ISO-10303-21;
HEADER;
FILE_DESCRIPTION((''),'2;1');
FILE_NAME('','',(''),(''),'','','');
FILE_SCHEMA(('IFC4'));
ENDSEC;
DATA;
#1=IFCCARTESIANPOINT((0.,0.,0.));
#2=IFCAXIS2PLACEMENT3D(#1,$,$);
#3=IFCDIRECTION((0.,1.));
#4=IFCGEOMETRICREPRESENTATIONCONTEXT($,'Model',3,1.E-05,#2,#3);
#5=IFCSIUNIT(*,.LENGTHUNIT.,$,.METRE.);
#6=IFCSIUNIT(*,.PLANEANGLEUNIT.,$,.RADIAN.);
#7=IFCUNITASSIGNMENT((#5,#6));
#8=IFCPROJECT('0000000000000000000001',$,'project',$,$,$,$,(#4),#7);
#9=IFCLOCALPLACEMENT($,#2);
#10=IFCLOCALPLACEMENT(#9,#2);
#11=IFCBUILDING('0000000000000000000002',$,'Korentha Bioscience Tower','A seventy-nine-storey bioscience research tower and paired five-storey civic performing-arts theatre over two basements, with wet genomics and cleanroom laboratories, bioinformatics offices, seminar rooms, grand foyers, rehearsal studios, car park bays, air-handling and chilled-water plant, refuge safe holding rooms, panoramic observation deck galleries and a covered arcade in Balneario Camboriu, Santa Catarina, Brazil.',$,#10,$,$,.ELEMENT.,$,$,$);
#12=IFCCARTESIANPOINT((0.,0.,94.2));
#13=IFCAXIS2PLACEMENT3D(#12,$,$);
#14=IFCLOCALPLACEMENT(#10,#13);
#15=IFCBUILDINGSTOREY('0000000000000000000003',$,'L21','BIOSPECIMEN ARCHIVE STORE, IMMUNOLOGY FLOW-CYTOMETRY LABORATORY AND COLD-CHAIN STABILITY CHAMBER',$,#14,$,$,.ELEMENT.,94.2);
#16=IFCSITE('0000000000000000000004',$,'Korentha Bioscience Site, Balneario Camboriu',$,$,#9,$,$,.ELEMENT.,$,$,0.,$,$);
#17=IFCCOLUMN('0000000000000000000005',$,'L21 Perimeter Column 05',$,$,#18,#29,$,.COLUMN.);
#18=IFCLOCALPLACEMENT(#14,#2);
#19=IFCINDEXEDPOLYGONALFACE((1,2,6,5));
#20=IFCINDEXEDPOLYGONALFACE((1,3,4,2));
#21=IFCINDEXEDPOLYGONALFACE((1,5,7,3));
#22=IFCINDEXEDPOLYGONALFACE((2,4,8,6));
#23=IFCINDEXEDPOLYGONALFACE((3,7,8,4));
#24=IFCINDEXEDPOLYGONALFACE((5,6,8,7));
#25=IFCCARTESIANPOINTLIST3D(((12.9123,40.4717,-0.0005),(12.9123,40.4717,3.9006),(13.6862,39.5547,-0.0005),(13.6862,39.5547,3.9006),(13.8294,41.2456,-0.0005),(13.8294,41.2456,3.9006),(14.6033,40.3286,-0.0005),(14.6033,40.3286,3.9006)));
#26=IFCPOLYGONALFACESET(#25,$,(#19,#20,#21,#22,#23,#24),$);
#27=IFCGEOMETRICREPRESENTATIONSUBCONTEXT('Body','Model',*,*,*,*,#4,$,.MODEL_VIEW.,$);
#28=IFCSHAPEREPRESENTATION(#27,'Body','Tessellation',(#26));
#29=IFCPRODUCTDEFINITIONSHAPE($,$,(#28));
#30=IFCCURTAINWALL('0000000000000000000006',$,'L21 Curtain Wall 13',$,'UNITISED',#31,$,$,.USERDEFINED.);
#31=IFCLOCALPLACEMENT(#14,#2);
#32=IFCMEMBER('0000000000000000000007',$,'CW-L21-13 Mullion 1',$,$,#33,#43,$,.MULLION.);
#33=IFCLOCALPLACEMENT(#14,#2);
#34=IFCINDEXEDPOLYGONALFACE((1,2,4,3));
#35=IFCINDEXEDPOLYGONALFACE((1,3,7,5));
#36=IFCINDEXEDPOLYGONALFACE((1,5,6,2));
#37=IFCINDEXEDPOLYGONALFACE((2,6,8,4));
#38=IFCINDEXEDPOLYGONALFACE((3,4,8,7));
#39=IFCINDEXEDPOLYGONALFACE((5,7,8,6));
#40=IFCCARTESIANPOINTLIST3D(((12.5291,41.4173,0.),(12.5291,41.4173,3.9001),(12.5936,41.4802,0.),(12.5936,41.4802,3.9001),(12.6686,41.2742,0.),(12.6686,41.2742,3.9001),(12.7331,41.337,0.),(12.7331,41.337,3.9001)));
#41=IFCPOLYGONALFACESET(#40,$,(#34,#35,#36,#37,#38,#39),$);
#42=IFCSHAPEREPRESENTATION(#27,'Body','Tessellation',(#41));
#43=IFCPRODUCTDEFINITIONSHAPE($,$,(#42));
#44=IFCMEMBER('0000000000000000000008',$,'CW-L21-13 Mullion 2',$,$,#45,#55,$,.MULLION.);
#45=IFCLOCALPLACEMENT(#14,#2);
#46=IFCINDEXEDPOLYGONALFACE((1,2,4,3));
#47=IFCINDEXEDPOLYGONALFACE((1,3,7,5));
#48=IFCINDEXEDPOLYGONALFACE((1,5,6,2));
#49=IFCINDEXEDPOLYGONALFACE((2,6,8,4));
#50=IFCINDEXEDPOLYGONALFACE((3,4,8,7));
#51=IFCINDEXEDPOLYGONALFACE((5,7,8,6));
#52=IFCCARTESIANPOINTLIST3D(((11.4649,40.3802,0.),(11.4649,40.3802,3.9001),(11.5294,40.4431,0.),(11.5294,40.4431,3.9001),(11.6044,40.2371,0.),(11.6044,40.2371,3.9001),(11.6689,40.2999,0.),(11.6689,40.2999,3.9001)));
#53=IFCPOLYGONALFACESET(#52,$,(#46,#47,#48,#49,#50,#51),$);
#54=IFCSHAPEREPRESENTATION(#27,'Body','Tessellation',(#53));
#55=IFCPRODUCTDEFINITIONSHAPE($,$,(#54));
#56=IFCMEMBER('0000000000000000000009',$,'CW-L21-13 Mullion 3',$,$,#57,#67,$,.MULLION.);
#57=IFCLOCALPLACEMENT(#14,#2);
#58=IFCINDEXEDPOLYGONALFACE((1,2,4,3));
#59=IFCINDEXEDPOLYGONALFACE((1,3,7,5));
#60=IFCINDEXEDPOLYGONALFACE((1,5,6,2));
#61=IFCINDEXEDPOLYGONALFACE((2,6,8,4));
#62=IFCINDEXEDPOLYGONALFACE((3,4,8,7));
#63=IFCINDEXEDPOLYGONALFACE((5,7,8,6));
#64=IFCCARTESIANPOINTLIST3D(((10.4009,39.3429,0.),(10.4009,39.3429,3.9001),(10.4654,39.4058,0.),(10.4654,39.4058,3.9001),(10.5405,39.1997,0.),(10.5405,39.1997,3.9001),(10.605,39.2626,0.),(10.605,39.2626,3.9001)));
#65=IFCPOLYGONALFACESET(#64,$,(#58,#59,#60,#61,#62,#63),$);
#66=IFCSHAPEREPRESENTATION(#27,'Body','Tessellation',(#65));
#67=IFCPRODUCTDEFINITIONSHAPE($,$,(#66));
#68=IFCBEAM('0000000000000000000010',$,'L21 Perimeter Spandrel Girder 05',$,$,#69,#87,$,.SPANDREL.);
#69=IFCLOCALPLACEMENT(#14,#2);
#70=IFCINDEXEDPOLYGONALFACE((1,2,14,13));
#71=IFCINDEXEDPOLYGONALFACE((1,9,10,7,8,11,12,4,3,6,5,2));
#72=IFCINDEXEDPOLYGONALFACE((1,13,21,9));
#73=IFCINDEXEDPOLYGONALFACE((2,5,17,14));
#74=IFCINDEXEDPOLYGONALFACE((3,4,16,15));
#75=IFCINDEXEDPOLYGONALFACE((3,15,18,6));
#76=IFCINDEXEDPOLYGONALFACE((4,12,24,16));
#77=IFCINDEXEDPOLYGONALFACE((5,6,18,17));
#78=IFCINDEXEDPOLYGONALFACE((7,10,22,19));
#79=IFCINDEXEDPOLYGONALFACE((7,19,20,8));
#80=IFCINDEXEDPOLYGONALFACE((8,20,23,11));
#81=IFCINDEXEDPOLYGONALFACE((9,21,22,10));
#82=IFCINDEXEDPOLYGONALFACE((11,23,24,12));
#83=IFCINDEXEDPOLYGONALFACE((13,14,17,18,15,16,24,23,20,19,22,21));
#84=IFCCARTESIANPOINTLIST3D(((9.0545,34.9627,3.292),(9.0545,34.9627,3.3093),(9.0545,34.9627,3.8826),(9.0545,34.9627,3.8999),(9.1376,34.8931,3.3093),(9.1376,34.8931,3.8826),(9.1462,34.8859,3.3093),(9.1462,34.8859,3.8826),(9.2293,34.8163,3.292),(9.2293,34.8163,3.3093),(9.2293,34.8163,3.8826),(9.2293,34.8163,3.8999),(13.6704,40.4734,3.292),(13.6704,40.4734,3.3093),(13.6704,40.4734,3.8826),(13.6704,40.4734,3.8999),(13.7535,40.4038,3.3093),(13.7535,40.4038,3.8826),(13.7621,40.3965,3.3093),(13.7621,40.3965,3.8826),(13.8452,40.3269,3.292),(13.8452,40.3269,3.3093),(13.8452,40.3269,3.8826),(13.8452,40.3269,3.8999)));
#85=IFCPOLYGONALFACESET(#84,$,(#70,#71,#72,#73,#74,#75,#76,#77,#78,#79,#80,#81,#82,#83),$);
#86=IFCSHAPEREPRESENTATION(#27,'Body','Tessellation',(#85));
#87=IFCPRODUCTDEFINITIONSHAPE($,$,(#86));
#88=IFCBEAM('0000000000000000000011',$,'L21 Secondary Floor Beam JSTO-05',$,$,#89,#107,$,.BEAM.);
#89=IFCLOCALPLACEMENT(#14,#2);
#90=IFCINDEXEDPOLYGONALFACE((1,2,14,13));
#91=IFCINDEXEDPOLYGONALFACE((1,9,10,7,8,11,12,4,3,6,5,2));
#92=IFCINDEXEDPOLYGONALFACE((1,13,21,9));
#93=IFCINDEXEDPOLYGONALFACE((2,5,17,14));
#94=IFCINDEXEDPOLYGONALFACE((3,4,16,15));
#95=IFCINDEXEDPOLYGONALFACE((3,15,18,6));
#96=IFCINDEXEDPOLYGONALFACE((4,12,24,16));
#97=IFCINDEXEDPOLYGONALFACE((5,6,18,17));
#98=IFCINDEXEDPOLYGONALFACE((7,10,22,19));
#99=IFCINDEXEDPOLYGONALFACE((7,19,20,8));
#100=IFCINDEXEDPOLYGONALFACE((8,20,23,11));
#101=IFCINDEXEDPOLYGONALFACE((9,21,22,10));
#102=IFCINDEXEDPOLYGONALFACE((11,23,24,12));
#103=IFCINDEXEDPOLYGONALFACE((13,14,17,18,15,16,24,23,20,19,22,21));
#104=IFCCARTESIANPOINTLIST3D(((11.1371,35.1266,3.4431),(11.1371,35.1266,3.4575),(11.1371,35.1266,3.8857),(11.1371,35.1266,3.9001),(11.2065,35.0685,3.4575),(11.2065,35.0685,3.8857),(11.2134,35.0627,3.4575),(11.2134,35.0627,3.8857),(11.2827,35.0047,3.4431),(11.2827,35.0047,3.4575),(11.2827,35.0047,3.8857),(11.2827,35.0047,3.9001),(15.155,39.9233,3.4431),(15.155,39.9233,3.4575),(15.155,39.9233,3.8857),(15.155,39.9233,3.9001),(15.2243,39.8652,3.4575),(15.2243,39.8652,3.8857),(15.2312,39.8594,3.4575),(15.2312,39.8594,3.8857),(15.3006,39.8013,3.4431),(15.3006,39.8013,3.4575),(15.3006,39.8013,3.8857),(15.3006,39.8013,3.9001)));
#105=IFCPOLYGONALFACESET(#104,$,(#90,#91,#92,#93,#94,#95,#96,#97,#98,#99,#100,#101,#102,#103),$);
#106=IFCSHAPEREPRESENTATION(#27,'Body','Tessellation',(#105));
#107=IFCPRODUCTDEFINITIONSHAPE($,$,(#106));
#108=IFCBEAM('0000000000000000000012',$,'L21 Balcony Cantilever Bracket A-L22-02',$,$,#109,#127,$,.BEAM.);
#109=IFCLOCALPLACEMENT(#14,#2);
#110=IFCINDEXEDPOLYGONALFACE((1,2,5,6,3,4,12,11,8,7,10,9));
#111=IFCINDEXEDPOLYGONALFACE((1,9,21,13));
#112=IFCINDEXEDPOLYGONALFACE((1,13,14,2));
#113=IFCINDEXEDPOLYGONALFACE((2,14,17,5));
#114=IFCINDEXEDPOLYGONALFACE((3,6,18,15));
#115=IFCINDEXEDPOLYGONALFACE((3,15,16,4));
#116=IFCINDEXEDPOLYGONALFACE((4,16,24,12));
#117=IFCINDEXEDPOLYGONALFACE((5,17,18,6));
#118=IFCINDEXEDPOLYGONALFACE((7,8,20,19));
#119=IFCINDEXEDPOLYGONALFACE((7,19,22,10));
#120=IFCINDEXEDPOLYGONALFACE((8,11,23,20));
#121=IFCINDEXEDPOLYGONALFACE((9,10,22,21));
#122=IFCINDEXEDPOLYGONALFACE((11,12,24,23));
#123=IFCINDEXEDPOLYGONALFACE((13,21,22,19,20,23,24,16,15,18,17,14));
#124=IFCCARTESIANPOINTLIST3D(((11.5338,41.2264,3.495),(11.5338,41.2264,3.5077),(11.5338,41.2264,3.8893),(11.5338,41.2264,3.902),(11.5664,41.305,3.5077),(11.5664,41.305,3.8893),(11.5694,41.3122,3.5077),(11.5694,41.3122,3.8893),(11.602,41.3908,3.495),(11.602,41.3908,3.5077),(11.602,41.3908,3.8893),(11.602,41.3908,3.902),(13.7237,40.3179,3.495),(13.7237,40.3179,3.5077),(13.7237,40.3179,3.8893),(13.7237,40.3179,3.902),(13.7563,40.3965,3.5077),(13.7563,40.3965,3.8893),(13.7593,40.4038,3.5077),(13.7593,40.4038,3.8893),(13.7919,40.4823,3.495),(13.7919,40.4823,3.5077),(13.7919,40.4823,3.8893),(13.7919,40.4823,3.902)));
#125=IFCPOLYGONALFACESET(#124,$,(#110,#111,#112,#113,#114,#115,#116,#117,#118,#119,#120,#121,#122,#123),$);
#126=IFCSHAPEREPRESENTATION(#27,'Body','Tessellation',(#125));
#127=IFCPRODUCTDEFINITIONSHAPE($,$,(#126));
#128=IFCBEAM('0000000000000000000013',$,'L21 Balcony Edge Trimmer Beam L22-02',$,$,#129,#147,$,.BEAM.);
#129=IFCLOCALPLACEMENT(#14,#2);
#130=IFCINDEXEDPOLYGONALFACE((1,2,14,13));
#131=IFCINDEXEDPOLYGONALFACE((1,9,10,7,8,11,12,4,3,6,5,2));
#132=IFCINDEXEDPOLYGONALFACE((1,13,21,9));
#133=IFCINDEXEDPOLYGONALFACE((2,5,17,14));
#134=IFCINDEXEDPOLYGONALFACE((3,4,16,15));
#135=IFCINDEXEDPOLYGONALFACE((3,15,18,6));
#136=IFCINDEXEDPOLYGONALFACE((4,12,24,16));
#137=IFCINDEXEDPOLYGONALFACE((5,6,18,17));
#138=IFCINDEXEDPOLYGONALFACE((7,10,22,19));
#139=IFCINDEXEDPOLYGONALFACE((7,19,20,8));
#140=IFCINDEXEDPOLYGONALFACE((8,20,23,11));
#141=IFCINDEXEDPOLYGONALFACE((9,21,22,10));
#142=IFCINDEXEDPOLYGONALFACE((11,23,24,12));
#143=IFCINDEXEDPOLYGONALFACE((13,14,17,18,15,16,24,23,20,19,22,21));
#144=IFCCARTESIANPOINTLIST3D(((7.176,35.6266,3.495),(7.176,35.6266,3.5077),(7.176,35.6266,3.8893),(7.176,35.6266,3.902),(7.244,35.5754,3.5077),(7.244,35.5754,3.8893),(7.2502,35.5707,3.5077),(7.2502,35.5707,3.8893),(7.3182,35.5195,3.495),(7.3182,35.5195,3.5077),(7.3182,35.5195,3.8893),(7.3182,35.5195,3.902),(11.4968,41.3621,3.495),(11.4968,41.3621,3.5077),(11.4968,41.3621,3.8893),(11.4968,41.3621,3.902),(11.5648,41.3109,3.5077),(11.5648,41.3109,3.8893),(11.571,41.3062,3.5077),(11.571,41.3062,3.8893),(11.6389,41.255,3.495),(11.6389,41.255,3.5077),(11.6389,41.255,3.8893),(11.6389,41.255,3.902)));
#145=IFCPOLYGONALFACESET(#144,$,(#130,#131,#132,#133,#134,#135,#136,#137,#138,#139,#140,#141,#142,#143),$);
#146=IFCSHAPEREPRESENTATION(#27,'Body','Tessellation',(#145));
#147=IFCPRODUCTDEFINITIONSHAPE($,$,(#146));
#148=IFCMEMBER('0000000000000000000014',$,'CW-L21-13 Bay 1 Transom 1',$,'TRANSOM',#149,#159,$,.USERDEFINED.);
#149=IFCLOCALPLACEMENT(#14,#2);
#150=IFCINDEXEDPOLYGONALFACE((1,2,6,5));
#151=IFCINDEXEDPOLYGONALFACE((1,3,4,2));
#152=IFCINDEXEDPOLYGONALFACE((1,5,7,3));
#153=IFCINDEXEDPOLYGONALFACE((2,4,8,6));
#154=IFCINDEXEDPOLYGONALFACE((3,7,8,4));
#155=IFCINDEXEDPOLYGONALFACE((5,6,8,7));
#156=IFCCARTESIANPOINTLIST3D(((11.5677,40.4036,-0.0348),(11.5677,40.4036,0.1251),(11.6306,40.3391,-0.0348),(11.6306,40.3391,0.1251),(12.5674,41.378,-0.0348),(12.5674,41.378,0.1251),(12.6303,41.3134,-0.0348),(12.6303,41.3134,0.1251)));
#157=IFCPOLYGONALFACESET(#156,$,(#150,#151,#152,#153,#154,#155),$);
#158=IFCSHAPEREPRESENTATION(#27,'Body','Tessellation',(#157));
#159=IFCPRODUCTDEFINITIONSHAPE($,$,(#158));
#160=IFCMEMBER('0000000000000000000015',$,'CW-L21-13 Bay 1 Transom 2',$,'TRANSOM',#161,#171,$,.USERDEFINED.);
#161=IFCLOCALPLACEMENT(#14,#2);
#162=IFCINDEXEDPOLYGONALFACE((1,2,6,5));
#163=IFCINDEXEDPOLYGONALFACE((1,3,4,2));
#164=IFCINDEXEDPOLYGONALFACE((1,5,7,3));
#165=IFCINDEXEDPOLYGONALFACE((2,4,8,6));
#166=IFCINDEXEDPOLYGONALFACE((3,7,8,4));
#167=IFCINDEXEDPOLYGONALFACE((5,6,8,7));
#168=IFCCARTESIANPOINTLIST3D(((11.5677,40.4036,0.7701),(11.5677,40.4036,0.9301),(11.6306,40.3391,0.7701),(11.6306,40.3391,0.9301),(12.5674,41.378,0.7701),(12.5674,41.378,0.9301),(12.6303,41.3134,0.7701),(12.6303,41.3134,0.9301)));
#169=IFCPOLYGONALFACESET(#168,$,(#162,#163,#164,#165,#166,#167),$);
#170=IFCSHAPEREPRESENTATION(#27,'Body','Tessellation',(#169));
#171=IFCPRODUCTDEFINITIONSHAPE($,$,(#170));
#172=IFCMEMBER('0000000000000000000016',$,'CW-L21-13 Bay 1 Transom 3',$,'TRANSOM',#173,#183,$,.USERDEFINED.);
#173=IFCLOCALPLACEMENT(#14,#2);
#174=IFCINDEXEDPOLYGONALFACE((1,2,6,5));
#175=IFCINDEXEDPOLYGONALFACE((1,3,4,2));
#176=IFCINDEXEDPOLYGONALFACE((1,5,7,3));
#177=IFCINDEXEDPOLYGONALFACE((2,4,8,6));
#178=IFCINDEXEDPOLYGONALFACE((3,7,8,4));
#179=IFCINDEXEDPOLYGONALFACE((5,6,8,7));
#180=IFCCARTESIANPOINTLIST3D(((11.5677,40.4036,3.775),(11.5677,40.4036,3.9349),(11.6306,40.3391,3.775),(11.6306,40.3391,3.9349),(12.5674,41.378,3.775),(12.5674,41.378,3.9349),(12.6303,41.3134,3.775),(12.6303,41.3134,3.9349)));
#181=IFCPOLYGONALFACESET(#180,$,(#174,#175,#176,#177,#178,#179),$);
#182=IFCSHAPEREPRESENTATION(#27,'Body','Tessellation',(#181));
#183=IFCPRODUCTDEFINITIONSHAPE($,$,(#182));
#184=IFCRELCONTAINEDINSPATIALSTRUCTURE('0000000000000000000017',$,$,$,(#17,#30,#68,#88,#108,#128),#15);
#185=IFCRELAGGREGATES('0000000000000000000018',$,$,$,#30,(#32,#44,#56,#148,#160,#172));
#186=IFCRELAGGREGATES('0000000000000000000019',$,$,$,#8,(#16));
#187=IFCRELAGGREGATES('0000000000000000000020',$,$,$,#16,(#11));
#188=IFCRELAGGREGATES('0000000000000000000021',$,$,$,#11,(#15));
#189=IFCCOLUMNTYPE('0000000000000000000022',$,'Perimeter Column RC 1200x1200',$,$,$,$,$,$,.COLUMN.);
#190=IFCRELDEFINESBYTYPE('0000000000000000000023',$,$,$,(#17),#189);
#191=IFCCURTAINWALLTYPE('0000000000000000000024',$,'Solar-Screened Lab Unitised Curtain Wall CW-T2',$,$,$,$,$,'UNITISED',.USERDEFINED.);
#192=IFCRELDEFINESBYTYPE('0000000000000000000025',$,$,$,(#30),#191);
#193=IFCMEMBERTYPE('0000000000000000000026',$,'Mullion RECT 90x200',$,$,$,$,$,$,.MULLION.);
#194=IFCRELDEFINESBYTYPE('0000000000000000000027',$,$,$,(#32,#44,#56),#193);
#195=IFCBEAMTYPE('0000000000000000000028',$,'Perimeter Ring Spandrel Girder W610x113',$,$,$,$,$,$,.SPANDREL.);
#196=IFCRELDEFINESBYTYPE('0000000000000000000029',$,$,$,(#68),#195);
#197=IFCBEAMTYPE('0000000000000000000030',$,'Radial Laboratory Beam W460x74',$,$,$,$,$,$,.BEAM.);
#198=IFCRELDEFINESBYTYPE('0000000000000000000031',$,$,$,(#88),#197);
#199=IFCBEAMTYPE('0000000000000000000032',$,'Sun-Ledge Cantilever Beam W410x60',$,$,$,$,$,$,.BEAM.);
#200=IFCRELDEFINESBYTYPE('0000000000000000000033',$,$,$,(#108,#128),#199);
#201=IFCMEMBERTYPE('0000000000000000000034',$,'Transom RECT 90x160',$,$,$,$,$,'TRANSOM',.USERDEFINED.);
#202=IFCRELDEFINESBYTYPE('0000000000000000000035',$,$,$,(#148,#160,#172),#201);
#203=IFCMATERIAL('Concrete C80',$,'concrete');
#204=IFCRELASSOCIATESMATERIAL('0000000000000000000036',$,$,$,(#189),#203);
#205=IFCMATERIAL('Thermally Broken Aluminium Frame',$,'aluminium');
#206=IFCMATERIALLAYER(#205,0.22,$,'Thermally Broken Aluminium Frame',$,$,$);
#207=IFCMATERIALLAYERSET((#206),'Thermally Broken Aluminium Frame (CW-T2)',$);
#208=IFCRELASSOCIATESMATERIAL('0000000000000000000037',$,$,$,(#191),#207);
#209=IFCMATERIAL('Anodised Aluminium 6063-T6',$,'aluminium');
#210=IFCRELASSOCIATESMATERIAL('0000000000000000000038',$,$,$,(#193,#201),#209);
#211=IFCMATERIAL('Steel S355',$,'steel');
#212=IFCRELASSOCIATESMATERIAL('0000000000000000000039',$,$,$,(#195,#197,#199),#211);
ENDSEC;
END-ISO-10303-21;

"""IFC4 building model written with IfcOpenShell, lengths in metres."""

from ifc_helpers import new_model, si_unit, direction, frame, origin, origin_2d, place, context, subcontext, project, spatial, rectangle, i_section, extrude, material, layer, layer_set, material_profile, profile_set, type_object, element, aggregate, save


model = new_model("IFC4")

# Units and contexts
model_context = context("Model", 3, precision=1e-05, world=origin(), true_north=direction((0.0, 1.0)))
body_context = subcontext(model_context, "Body", "Model", "MODEL_VIEW")
ifc_project = project(units=[si_unit("LENGTHUNIT", "METRE"), si_unit("PLANEANGLEUNIT", "RADIAN")], contexts=[model_context])

# Site, building, storey
site_placement = place(None, origin())
site = spatial("IfcSite", under=ifc_project, at=site_placement, Name="Korentha Bioscience Site, Balneario Camboriu", CompositionType="ELEMENT", RefElevation=0.0)
building_placement = place(site_placement, origin())
building = spatial("IfcBuilding", under=site, at=building_placement, Name="Korentha Bioscience Tower", Description="A seventy-nine-storey bioscience research tower and paired five-storey civic performing-arts theatre over two basements, with wet genomics and cleanroom laboratories, bioinformatics offices, seminar rooms, grand foyers, rehearsal studios, car park bays, air-handling and chilled-water plant, refuge safe holding rooms, panoramic observation deck galleries and a covered arcade in Balneario Camboriu, Santa Catarina, Brazil.", CompositionType="ELEMENT")
storey_placement = place(building_placement, frame((0.0, 0.0, 94.2)))
storey = spatial("IfcBuildingStorey", under=building, at=storey_placement, Name="L21", Description="BIOSPECIMEN ARCHIVE STORE, IMMUNOLOGY FLOW-CYTOMETRY LABORATORY AND COLD-CHAIN STABILITY CHAMBER", CompositionType="ELEMENT", Elevation=94.2)

# Column
ifc_material_1 = material(Name="Concrete C80", Category="concrete")
ifc_material_profile_1 = material_profile(ifc_material_1, rectangle(XDim=1.2, YDim=1.2, at=origin_2d()), Name="Concrete C80")
ifc_profile_set_1 = profile_set([ifc_material_profile_1], Name="Concrete C80 (COL-P12)")
column_type = type_object("IfcColumnType", Name="Perimeter Column RC 1200x1200", PredefinedType="COLUMN", material=ifc_profile_set_1)
column_placement = place(storey_placement, frame((13.7578, 40.4001, -0.0005), z_axis=(0.0, 0.0, 1.0), x_axis=(0.764246, 0.644924, 0.0)))
element("IfcColumn", 1, at=column_placement, inside=storey, type_object=column_type, Name="L21 Perimeter Column 05", PredefinedType="COLUMN", context=body_context, shape_type="SweptSolid", body=[
    extrude(rectangle(XDim=1.2, YDim=1.2, at=origin_2d()), origin(), (0.0, 0.0, 1.0), 3.9011),
])

# Curtain wall, members
ifc_material_2 = material(Name="Thermally Broken Aluminium Frame", Category="aluminium")
ifc_layer_1 = layer(ifc_material_2, 0.22, Name="Thermally Broken Aluminium Frame")
ifc_layer_set_1 = layer_set([ifc_layer_1], Name="Thermally Broken Aluminium Frame (CW-T2)")
curtain_wall_type = type_object("IfcCurtainWallType", Name="Solar-Screened Lab Unitised Curtain Wall CW-T2", ElementType="UNITISED", PredefinedType="USERDEFINED", material=ifc_layer_set_1)
curtain_wall_placement = place(storey_placement, origin())
curtain_wall = element("IfcCurtainWall", 2, at=curtain_wall_placement, inside=storey, type_object=curtain_wall_type, Name="L21 Curtain Wall 13", ObjectType="UNITISED", PredefinedType="USERDEFINED")
ifc_material_3 = material(Name="Anodised Aluminium 6063-T6", Category="aluminium")
ifc_material_profile_2 = material_profile(ifc_material_3, rectangle(XDim=0.0901, YDim=0.2, at=origin_2d()), Name="Anodised Aluminium 6063-T6")
ifc_profile_set_2 = profile_set([ifc_material_profile_2], Name="Anodised Aluminium 6063-T6 (CW-MUL)")
member_type_1 = type_object("IfcMemberType", Name="Mullion RECT 90x200", PredefinedType="MULLION", material=ifc_profile_set_2)
member_1_placement = place(storey_placement, frame((12.6311, 41.3772, 0.0), z_axis=(0.0, 0.0, 1.0), x_axis=(-0.716096, -0.698002, 0.0)))
member_1 = element("IfcMember", 3, at=member_1_placement, type_object=member_type_1, Name="CW-L21-13 Mullion 1", PredefinedType="MULLION", context=body_context, shape_type="SweptSolid", body=[
    extrude(rectangle(XDim=0.0901, YDim=0.2, at=origin_2d()), origin(), (0.0, 0.0, 1.0), 3.9001),
])
member_2_placement = place(storey_placement, frame((11.5669, 40.3401, 0.0), z_axis=(0.0, 0.0, 1.0), x_axis=(-0.716096, -0.698002, 0.0)))
member_2 = element("IfcMember", 4, at=member_2_placement, type_object=member_type_1, Name="CW-L21-13 Mullion 2", PredefinedType="MULLION", context=body_context, shape_type="SweptSolid", body=[
    extrude(rectangle(XDim=0.0901, YDim=0.2, at=origin_2d()), origin(), (0.0, 0.0, 1.0), 3.9001),
])
member_3_placement = place(storey_placement, frame((10.5029, 39.3027, 0.0), z_axis=(0.0, 0.0, 1.0), x_axis=(-0.716096, -0.698002, 0.0)))
member_3 = element("IfcMember", 5, at=member_3_placement, type_object=member_type_1, Name="CW-L21-13 Mullion 3", PredefinedType="MULLION", context=body_context, shape_type="SweptSolid", body=[
    extrude(rectangle(XDim=0.0901, YDim=0.2, at=origin_2d()), origin(), (0.0, 0.0, 1.0), 3.9001),
])

# Beams
ifc_material_4 = material(Name="Steel S355", Category="steel")
ifc_material_profile_3 = material_profile(ifc_material_4, i_section(OverallWidth=0.228, OverallDepth=0.6079, WebThickness=0.0112, FlangeThickness=0.0173, at=origin_2d()), Name="Steel S355")
ifc_profile_set_3 = profile_set([ifc_material_profile_3], Name="Steel S355 (SB-610)")
beam_type_1 = type_object("IfcBeamType", Name="Perimeter Ring Spandrel Girder W610x113", PredefinedType="SPANDREL", material=ifc_profile_set_3)
beam_1_placement = place(storey_placement, frame((13.7578, 40.4001, 3.5959), z_axis=(-0.642127, -0.766599, 0.0), x_axis=(0.766599, -0.642127, 0.0)))
element("IfcBeam", 6, at=beam_1_placement, inside=storey, type_object=beam_type_1, Name="L21 Perimeter Spandrel Girder 05", PredefinedType="SPANDREL", context=body_context, shape_type="SweptSolid", body=[
    extrude(i_section(OverallWidth=0.228, OverallDepth=0.6079, WebThickness=0.0112, FlangeThickness=0.0173, at=origin_2d()), origin(), (0.0, 0.0, 1.0), 7.1885),
])
ifc_material_profile_4 = material_profile(ifc_material_4, i_section(OverallWidth=0.1899, OverallDepth=0.457, WebThickness=0.009, FlangeThickness=0.0144, at=origin_2d()), Name="Steel S355")
ifc_profile_set_4 = profile_set([ifc_material_profile_4], Name="Steel S355 (RB-460)")
beam_type_2 = type_object("IfcBeamType", Name="Radial Laboratory Beam W460x74", PredefinedType="BEAM", material=ifc_profile_set_4)
beam_2_placement = place(storey_placement, frame((15.2278, 39.8623, 3.6716), z_axis=(-0.642128, -0.766597, 0.0), x_axis=(0.766597, -0.642128, 0.0)))
element("IfcBeam", 7, at=beam_2_placement, inside=storey, type_object=beam_type_2, Name="L21 Secondary Floor Beam JSTO-05", PredefinedType="BEAM", context=body_context, shape_type="SweptSolid", body=[
    extrude(i_section(OverallWidth=0.1899, OverallDepth=0.457, WebThickness=0.009, FlangeThickness=0.0144, at=origin_2d()), origin(), (0.0, 0.0, 1.0), 6.2571),
])
ifc_material_profile_5 = material_profile(ifc_material_4, i_section(OverallWidth=0.178, OverallDepth=0.407, WebThickness=0.0078, FlangeThickness=0.0127, at=origin_2d()), Name="Steel S355")
ifc_profile_set_5 = profile_set([ifc_material_profile_5], Name="Steel S355 (CB-410)")
beam_type_3 = type_object("IfcBeamType", Name="Sun-Ledge Cantilever Beam W410x60", PredefinedType="BEAM", material=ifc_profile_set_5)
beam_3_placement = place(storey_placement, frame((13.7578, 40.4001, 3.6985), z_axis=(-0.923679, 0.383167, 0.0), x_axis=(-0.383167, -0.923679, 0.0)))
element("IfcBeam", 8, at=beam_3_placement, inside=storey, type_object=beam_type_3, Name="L21 Balcony Cantilever Bracket A-L22-02", PredefinedType="BEAM", context=body_context, shape_type="SweptSolid", body=[
    extrude(i_section(OverallWidth=0.178, OverallDepth=0.407, WebThickness=0.0078, FlangeThickness=0.0127, at=origin_2d()), origin(), (0.0, 0.0, 1.0), 2.3708),
])
beam_4_placement = place(storey_placement, frame((11.5679, 41.3086, 3.6985), z_axis=(-0.601701, -0.798721, 0.0), x_axis=(0.798721, -0.601701, 0.0)))
element("IfcBeam", 9, at=beam_4_placement, inside=storey, type_object=beam_type_3, Name="L21 Balcony Edge Trimmer Beam L22-02", PredefinedType="BEAM", context=body_context, shape_type="SweptSolid", body=[
    extrude(i_section(OverallWidth=0.178, OverallDepth=0.407, WebThickness=0.0078, FlangeThickness=0.0127, at=origin_2d()), origin(), (0.0, 0.0, 1.0), 7.1809),
])

# Members
ifc_material_profile_6 = material_profile(ifc_material_3, rectangle(XDim=0.0901, YDim=0.1599, at=origin_2d()), Name="Anodised Aluminium 6063-T6")
ifc_profile_set_6 = profile_set([ifc_material_profile_6], Name="Anodised Aluminium 6063-T6 (CW-TRN)")
member_type_2 = type_object("IfcMemberType", Name="Transom RECT 90x160", ElementType="TRANSOM", PredefinedType="USERDEFINED", material=ifc_profile_set_6)
member_4_placement = place(storey_placement, frame((12.5989, 41.3457, 0.0452), z_axis=(-0.716142, -0.697954, 0.0), x_axis=(0.697954, -0.716142, 0.0)))
member_4 = element("IfcMember", 10, at=member_4_placement, type_object=member_type_2, Name="CW-L21-13 Bay 1 Transom 1", ObjectType="TRANSOM", PredefinedType="USERDEFINED", context=body_context, shape_type="SweptSolid", body=[
    extrude(rectangle(XDim=0.0901, YDim=0.1599, at=origin_2d()), origin(), (0.0, 0.0, 1.0), 1.396),
])
member_5_placement = place(storey_placement, frame((12.5989, 41.3457, 0.8501), z_axis=(-0.716142, -0.697954, 0.0), x_axis=(0.697954, -0.716142, 0.0)))
member_5 = element("IfcMember", 11, at=member_5_placement, type_object=member_type_2, Name="CW-L21-13 Bay 1 Transom 2", ObjectType="TRANSOM", PredefinedType="USERDEFINED", context=body_context, shape_type="SweptSolid", body=[
    extrude(rectangle(XDim=0.0901, YDim=0.1599, at=origin_2d()), origin(), (0.0, 0.0, 1.0), 1.396),
])
member_6_placement = place(storey_placement, frame((12.5989, 41.3457, 3.855), z_axis=(-0.716142, -0.697954, 0.0), x_axis=(0.697954, -0.716142, 0.0)))
member_6 = element("IfcMember", 12, at=member_6_placement, type_object=member_type_2, Name="CW-L21-13 Bay 1 Transom 3", ObjectType="TRANSOM", PredefinedType="USERDEFINED", context=body_context, shape_type="SweptSolid", body=[
    extrude(rectangle(XDim=0.0901, YDim=0.1599, at=origin_2d()), origin(), (0.0, 0.0, 1.0), 1.396),
])

aggregate(curtain_wall, [member_1, member_2, member_3, member_4, member_5, member_6])

save(model, "model.ifc")
